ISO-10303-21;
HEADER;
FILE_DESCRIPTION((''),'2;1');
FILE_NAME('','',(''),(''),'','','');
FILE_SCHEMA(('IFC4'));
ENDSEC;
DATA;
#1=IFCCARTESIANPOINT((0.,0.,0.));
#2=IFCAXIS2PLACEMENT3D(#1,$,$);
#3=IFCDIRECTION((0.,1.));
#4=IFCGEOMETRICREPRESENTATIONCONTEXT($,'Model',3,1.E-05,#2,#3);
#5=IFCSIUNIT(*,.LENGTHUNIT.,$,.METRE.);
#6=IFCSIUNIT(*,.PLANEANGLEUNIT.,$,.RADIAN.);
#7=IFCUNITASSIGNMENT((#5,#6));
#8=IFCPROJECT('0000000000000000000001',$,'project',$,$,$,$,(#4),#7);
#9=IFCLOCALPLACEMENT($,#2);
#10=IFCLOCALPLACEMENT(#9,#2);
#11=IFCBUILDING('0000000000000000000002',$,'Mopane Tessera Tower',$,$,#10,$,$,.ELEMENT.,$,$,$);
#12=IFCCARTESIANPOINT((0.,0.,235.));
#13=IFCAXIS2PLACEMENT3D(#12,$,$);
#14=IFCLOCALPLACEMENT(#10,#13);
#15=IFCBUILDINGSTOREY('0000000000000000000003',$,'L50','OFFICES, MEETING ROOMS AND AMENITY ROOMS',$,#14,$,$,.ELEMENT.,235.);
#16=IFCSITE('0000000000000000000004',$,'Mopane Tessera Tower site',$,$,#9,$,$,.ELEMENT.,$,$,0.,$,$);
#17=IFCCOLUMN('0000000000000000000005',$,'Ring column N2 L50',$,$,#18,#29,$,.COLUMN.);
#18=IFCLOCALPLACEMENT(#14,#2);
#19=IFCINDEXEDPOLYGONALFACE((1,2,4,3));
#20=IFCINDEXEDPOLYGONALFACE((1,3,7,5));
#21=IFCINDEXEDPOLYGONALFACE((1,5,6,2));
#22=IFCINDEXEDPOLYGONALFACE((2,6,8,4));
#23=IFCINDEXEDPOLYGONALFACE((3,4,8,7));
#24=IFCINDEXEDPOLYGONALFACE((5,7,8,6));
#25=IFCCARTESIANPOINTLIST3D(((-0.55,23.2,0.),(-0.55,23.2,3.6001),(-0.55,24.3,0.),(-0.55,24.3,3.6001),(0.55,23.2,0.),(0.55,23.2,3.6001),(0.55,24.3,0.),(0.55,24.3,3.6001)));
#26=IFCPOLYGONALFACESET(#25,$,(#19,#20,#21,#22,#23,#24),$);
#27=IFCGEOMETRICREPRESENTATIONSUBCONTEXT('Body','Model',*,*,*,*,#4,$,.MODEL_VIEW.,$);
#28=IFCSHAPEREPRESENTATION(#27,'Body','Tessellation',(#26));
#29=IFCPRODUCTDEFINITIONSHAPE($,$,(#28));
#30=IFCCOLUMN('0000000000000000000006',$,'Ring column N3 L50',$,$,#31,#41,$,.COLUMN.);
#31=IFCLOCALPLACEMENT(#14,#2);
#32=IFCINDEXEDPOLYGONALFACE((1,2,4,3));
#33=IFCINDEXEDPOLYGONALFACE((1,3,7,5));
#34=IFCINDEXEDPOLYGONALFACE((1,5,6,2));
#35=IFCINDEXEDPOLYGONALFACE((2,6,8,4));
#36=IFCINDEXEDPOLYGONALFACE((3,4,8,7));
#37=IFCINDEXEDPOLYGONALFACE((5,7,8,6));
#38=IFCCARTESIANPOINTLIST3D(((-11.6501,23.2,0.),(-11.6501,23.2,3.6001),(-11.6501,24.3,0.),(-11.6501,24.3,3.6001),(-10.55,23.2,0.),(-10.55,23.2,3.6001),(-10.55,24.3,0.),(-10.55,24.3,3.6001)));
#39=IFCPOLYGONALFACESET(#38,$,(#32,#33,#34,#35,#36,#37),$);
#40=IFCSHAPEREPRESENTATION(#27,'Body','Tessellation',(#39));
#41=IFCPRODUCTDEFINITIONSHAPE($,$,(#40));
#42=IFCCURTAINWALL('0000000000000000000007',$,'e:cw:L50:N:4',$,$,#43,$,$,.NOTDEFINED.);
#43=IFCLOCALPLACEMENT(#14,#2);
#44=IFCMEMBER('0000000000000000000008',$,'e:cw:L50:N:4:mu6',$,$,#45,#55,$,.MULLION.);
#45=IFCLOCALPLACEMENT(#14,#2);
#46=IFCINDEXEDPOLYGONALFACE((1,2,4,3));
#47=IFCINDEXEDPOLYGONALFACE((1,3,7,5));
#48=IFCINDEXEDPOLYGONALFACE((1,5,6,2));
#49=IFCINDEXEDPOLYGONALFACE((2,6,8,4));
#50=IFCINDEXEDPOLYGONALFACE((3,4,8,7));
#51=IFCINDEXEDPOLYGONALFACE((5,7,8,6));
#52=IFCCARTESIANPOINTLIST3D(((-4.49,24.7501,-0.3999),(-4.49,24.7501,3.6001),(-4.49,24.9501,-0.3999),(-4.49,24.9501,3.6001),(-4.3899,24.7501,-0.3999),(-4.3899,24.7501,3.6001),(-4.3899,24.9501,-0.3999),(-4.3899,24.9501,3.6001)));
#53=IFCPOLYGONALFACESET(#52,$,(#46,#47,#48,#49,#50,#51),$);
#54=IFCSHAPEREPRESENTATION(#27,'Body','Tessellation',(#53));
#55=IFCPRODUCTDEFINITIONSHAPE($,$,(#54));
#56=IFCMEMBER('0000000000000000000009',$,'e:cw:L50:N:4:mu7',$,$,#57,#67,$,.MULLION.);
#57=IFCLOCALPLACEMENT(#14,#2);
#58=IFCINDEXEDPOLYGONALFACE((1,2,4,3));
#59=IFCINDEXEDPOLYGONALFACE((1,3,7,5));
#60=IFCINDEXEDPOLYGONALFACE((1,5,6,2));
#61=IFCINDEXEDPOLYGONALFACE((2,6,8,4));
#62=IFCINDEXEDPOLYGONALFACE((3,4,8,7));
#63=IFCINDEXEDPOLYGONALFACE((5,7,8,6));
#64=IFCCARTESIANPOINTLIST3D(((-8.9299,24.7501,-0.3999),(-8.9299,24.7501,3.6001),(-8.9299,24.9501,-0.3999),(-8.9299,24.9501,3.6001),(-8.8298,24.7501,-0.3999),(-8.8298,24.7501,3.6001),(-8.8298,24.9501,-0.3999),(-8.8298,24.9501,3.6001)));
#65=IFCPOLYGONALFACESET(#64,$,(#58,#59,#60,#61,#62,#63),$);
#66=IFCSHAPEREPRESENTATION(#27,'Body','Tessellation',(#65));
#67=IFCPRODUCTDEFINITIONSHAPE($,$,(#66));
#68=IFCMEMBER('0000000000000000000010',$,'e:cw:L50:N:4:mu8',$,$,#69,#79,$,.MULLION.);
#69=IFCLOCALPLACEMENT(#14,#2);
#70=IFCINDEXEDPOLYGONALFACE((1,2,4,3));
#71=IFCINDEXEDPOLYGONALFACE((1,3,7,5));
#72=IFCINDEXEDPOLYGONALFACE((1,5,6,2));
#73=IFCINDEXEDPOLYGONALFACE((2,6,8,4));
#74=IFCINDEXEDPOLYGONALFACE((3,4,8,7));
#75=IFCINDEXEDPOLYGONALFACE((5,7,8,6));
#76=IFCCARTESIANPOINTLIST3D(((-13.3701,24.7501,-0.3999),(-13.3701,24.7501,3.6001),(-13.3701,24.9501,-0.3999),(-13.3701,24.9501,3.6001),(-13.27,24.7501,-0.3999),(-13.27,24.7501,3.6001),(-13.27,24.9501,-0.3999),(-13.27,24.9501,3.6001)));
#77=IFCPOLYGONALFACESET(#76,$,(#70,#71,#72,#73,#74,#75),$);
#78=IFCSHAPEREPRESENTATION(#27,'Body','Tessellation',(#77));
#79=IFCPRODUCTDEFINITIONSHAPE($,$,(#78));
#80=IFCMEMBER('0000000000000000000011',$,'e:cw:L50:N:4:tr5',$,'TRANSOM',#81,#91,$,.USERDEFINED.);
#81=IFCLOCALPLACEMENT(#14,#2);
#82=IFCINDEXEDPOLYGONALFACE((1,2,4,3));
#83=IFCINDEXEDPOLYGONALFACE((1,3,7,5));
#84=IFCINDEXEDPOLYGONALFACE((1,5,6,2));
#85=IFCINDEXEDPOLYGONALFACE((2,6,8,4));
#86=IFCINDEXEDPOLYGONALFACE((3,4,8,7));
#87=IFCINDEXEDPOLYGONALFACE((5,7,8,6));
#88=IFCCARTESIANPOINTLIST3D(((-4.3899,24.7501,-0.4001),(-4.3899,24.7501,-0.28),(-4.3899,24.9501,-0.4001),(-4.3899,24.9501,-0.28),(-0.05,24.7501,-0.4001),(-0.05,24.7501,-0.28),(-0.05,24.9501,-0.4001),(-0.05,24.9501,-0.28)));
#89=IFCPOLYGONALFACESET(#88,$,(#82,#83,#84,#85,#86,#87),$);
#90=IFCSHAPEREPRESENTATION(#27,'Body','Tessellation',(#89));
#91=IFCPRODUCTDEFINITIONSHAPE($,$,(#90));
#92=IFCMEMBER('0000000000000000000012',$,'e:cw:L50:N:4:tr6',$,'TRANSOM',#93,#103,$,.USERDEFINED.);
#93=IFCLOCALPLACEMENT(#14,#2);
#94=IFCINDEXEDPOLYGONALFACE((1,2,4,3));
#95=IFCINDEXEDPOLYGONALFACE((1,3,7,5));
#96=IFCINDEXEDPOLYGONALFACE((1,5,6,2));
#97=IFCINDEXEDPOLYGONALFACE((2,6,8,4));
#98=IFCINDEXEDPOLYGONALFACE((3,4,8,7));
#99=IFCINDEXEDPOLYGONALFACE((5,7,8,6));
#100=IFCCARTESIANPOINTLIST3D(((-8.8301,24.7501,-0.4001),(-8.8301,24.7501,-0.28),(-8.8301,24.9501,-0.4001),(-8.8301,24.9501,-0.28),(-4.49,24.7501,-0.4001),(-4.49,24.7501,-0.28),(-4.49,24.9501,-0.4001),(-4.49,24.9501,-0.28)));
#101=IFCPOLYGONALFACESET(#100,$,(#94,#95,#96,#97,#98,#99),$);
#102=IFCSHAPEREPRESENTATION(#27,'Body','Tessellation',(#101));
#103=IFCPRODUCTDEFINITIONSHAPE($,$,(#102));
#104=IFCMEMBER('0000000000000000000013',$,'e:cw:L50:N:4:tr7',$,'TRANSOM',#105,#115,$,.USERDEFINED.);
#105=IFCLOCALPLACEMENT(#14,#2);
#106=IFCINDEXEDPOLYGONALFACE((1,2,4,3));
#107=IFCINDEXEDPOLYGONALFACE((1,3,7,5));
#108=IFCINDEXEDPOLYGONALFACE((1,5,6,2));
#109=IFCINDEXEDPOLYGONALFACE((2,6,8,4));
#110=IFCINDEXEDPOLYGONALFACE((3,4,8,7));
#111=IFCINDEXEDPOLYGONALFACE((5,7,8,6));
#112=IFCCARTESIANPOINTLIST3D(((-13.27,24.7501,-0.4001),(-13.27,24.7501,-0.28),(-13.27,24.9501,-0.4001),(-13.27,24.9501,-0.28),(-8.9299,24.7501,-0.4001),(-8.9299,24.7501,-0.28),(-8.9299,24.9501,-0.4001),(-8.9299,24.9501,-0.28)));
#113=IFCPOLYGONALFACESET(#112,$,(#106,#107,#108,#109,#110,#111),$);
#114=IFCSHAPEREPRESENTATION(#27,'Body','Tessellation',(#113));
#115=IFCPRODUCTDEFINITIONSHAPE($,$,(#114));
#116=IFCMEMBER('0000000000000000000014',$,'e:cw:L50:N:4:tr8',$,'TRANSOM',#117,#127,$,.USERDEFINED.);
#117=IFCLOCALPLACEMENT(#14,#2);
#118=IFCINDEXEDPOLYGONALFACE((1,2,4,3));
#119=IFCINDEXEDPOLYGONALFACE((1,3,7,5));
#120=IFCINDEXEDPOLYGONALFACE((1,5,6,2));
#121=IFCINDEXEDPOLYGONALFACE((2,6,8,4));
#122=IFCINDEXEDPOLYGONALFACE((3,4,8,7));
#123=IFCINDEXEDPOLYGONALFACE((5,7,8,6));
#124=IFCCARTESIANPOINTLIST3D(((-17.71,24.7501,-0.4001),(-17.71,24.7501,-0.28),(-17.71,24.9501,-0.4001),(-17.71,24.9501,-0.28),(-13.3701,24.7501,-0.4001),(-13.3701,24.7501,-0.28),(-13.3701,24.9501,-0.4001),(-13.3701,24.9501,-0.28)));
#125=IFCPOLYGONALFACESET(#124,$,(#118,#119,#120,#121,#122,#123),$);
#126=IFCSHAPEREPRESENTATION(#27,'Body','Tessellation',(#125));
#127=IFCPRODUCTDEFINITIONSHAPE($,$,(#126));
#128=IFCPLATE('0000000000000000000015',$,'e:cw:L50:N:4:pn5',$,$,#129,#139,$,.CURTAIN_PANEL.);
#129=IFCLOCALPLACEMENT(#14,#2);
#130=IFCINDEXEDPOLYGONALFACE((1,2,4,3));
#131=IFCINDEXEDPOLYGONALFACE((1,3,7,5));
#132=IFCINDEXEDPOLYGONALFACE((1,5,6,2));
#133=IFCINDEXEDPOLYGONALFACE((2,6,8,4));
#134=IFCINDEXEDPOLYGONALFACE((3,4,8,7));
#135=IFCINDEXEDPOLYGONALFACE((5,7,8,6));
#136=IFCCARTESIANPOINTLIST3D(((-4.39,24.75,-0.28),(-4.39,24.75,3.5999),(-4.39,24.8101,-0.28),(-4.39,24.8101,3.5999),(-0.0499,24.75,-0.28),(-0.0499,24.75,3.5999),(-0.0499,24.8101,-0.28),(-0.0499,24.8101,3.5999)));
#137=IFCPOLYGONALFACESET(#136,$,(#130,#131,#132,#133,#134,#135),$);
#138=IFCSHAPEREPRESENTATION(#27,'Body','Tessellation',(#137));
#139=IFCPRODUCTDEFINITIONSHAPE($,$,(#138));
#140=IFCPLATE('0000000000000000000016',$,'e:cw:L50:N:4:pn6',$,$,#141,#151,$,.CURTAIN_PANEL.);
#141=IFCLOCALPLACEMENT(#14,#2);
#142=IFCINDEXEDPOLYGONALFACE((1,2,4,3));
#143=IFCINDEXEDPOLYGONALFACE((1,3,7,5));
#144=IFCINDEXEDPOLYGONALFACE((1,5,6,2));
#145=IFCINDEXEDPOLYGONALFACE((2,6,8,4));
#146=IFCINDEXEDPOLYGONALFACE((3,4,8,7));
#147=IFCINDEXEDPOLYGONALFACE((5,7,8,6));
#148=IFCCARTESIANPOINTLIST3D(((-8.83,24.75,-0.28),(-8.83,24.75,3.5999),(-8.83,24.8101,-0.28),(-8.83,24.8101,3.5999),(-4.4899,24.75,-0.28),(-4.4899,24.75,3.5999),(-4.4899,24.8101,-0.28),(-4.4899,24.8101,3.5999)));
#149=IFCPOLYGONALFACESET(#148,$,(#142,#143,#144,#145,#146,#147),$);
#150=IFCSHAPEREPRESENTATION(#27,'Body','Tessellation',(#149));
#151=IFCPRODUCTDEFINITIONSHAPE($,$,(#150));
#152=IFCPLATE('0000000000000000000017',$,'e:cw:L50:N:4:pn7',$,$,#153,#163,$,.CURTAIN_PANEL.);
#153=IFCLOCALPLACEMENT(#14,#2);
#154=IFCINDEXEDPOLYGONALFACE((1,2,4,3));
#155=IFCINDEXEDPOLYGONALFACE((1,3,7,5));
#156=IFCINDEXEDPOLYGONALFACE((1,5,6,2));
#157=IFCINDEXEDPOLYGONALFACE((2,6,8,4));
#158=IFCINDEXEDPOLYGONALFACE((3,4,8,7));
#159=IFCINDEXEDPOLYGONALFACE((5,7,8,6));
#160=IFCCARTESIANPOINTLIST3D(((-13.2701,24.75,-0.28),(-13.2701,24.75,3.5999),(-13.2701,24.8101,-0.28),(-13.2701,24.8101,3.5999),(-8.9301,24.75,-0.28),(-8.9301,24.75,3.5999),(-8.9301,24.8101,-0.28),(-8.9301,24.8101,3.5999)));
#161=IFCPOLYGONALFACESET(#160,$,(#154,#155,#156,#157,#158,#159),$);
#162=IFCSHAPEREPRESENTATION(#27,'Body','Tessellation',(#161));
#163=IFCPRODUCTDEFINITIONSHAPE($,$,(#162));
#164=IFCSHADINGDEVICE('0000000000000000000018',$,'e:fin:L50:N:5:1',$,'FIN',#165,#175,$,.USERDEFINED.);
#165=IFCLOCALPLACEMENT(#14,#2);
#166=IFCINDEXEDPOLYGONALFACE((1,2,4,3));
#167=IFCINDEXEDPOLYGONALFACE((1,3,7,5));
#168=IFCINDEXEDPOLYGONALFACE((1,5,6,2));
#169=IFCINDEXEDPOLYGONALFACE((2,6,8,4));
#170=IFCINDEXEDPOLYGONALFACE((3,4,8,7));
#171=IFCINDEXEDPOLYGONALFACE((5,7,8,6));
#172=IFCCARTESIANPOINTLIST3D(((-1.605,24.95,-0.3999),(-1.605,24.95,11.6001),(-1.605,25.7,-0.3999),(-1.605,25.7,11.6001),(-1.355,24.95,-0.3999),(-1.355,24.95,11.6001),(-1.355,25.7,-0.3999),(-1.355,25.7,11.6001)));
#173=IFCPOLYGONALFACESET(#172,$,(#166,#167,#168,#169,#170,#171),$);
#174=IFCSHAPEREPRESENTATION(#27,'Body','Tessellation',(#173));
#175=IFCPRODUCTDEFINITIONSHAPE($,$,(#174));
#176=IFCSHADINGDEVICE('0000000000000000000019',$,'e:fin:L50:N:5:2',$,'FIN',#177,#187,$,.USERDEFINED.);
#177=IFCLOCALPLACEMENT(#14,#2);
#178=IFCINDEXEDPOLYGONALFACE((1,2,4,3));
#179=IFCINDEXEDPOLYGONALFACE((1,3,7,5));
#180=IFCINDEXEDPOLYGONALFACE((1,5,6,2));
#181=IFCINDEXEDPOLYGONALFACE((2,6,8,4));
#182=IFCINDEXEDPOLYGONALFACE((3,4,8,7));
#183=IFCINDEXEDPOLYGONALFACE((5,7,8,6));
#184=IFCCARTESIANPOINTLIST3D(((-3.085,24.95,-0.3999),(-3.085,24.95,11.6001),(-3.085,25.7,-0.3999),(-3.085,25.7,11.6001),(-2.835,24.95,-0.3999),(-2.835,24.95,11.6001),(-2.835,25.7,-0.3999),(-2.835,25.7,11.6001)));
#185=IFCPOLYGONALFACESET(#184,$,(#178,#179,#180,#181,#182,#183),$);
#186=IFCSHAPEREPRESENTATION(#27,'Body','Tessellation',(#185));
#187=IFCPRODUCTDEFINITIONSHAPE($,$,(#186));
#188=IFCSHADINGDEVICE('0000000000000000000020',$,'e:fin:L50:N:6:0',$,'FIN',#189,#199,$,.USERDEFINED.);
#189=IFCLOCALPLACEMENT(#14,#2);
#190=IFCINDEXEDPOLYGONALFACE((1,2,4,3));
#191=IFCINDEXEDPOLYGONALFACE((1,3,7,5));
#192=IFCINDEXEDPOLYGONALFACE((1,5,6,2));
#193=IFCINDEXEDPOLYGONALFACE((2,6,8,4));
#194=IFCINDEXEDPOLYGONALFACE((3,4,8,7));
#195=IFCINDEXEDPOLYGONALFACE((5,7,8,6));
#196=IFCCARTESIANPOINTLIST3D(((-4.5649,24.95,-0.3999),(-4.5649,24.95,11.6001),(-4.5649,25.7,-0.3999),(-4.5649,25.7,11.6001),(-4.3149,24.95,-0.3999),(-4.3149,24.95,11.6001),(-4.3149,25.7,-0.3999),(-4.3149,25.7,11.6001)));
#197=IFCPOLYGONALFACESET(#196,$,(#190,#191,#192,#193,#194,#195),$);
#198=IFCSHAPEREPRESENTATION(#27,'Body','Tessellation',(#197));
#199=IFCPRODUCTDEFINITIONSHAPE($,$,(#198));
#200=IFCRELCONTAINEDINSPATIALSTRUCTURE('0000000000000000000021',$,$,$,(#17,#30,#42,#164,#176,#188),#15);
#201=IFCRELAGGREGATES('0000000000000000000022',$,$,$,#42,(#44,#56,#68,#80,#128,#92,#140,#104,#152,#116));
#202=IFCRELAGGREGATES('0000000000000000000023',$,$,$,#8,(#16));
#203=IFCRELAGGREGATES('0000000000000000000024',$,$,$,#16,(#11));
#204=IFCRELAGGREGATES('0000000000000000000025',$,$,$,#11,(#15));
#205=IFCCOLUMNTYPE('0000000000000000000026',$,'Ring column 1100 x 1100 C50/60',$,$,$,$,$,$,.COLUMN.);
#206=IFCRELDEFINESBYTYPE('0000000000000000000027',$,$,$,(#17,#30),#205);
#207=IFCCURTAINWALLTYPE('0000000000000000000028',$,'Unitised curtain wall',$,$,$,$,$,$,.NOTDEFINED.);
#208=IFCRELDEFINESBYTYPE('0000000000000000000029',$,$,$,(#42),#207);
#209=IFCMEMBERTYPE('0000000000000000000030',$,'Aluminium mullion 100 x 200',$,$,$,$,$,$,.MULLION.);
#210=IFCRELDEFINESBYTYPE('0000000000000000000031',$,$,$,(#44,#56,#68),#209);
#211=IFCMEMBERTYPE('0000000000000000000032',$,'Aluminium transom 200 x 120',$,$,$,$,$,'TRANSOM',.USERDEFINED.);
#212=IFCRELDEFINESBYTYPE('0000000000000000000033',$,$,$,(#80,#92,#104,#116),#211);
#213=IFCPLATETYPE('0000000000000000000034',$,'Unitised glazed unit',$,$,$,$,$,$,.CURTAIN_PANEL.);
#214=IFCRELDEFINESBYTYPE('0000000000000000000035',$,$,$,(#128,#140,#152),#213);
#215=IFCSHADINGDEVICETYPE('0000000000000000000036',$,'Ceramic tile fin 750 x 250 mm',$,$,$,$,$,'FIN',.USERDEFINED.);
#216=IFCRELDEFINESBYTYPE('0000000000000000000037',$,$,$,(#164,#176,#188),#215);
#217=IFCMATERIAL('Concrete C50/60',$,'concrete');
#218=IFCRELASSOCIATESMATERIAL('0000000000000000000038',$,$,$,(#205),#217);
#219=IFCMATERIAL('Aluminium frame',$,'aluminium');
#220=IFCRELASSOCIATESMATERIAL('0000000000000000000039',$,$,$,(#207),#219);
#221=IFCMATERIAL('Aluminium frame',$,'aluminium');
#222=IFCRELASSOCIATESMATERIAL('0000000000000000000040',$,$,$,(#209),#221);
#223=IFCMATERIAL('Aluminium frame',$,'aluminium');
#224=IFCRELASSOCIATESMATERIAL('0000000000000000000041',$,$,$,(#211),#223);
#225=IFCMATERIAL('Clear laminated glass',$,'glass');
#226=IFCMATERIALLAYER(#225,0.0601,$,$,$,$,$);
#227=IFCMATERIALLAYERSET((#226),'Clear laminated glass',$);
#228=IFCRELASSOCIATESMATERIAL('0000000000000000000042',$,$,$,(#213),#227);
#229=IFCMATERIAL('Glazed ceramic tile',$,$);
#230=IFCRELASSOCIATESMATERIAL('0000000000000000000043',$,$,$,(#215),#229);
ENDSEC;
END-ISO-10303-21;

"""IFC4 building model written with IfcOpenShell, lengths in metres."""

from ifc_helpers import new_model, si_unit, direction, frame, origin, origin_2d, place, context, subcontext, project, spatial, rectangle, extrude, material, layer, layer_set, material_profile, profile_set, type_object, element, aggregate, save


model = new_model("IFC4")

# Units and contexts
model_context = context("Model", 3, precision=1e-05, world=origin(), true_north=direction((0.0, 1.0)))
body_context = subcontext(model_context, "Body", "Model", "MODEL_VIEW")
ifc_project = project(units=[si_unit("LENGTHUNIT", "METRE"), si_unit("PLANEANGLEUNIT", "RADIAN")], contexts=[model_context])

# Site, building, storey
site_placement = place(None, origin())
site = spatial("IfcSite", under=ifc_project, at=site_placement, Name="Mopane Tessera Tower site", CompositionType="ELEMENT", RefElevation=0.0)
building_placement = place(site_placement, origin())
building = spatial("IfcBuilding", under=site, at=building_placement, Name="Mopane Tessera Tower", CompositionType="ELEMENT")
storey_placement = place(building_placement, frame((0.0, 0.0, 235.0)))
storey = spatial("IfcBuildingStorey", under=building, at=storey_placement, Name="L50", Description="OFFICES, MEETING ROOMS AND AMENITY ROOMS", CompositionType="ELEMENT", Elevation=235.0)

# Columns
ifc_material_1 = material(Name="Concrete C50/60", Category="concrete")
ifc_material_profile_1 = material_profile(ifc_material_1, rectangle(XDim=1.1001, YDim=1.1001, at=origin_2d()))
ifc_profile_set_1 = profile_set([ifc_material_profile_1], Name="Concrete C50/60")
column_type = type_object("IfcColumnType", Name="Ring column 1100 x 1100 C50/60", PredefinedType="COLUMN", material=ifc_profile_set_1)
for number, where, z_axis, x_axis, name in (
    (1, (0.0, 23.75, 0.0), (0.0, 0.0, 1.0), (1.0, 0.0, 0.0), "Ring column N2 L50"),
    (2, (-11.1001, 23.75, 0.0), (0.0, 0.0, 1.0), (1.0, 0.0, 0.0), "Ring column N3 L50"),
):
    element("IfcColumn", number, at=place(storey_placement, frame(where, z_axis=z_axis, x_axis=x_axis)), inside=storey, type_object=column_type, Name=name, PredefinedType="COLUMN", context=body_context, shape_type="SweptSolid", body=[
        extrude(rectangle(XDim=1.1001, YDim=1.1001, at=origin_2d()), origin(), (0.0, 0.0, 1.0), 3.6001),
    ])

# Curtain wall, members, plates
ifc_material_2 = material(Name="Aluminium frame", Category="aluminium")
curtain_wall_type = type_object("IfcCurtainWallType", Name="Unitised curtain wall", PredefinedType="NOTDEFINED", material=ifc_material_2)
curtain_wall_placement = place(storey_placement, origin())
curtain_wall = element("IfcCurtainWall", 3, at=curtain_wall_placement, inside=storey, type_object=curtain_wall_type, Name="e:cw:L50:N:4", PredefinedType="NOTDEFINED")
ifc_material_3 = material(Name="Aluminium frame", Category="aluminium")
ifc_material_profile_2 = material_profile(ifc_material_3, rectangle(XDim=0.1001, YDim=0.2, at=origin_2d()))
ifc_profile_set_2 = profile_set([ifc_material_profile_2], Name="Aluminium frame")
member_type_1 = type_object("IfcMemberType", Name="Aluminium mullion 100 x 200", PredefinedType="MULLION", material=ifc_profile_set_2)
member_1_placement = place(storey_placement, frame((-4.4399, 24.8501, -0.3999), z_axis=(0.0, 0.0, 1.0), x_axis=(-1.0, 0.0, 0.0)))
member_1 = element("IfcMember", 4, at=member_1_placement, type_object=member_type_1, Name="e:cw:L50:N:4:mu6", PredefinedType="MULLION", context=body_context, shape_type="SweptSolid", body=[
    extrude(rectangle(XDim=0.1001, YDim=0.2, at=origin_2d()), origin(), (0.0, 0.0, 1.0), 4.0),
])
member_2_placement = place(storey_placement, frame((-8.8799, 24.8501, -0.3999), z_axis=(0.0, 0.0, 1.0), x_axis=(-1.0, 0.0, 0.0)))
member_2 = element("IfcMember", 5, at=member_2_placement, type_object=member_type_1, Name="e:cw:L50:N:4:mu7", PredefinedType="MULLION", context=body_context, shape_type="SweptSolid", body=[
    extrude(rectangle(XDim=0.1001, YDim=0.2, at=origin_2d()), origin(), (0.0, 0.0, 1.0), 4.0),
])
member_3_placement = place(storey_placement, frame((-13.3201, 24.8501, -0.3999), z_axis=(0.0, 0.0, 1.0), x_axis=(-1.0, 0.0, 0.0)))
member_3 = element("IfcMember", 6, at=member_3_placement, type_object=member_type_1, Name="e:cw:L50:N:4:mu8", PredefinedType="MULLION", context=body_context, shape_type="SweptSolid", body=[
    extrude(rectangle(XDim=0.1001, YDim=0.2, at=origin_2d()), origin(), (0.0, 0.0, 1.0), 4.0),
])
ifc_material_4 = material(Name="Aluminium frame", Category="aluminium")
ifc_material_profile_3 = material_profile(ifc_material_4, rectangle(XDim=0.2, YDim=0.1201, at=origin_2d()))
ifc_profile_set_3 = profile_set([ifc_material_profile_3], Name="Aluminium frame")
member_type_2 = type_object("IfcMemberType", Name="Aluminium transom 200 x 120", ElementType="TRANSOM", PredefinedType="USERDEFINED", material=ifc_profile_set_3)
member_4_placement = place(storey_placement, frame((-0.05, 24.8501, -0.3401), z_axis=(-1.0, 0.0, 0.0), x_axis=(0.0, -1.0, 0.0)))
member_4 = element("IfcMember", 7, at=member_4_placement, type_object=member_type_2, Name="e:cw:L50:N:4:tr5", ObjectType="TRANSOM", PredefinedType="USERDEFINED", context=body_context, shape_type="SweptSolid", body=[
    extrude(rectangle(XDim=0.2, YDim=0.1201, at=origin_2d()), origin(), (0.0, 0.0, 1.0), 4.3398),
])
member_5_placement = place(storey_placement, frame((-4.49, 24.8501, -0.3401), z_axis=(-1.0, 0.0, 0.0), x_axis=(0.0, -1.0, 0.0)))
member_5 = element("IfcMember", 8, at=member_5_placement, type_object=member_type_2, Name="e:cw:L50:N:4:tr6", ObjectType="TRANSOM", PredefinedType="USERDEFINED", context=body_context, shape_type="SweptSolid", body=[
    extrude(rectangle(XDim=0.2, YDim=0.1201, at=origin_2d()), origin(), (0.0, 0.0, 1.0), 4.3401),
])
member_6_placement = place(storey_placement, frame((-8.9299, 24.8501, -0.3401), z_axis=(-1.0, 0.0, 0.0), x_axis=(0.0, -1.0, 0.0)))
member_6 = element("IfcMember", 9, at=member_6_placement, type_object=member_type_2, Name="e:cw:L50:N:4:tr7", ObjectType="TRANSOM", PredefinedType="USERDEFINED", context=body_context, shape_type="SweptSolid", body=[
    extrude(rectangle(XDim=0.2, YDim=0.1201, at=origin_2d()), origin(), (0.0, 0.0, 1.0), 4.3401),
])
member_7_placement = place(storey_placement, frame((-13.3701, 24.8501, -0.3401), z_axis=(-1.0, 0.0, 0.0), x_axis=(0.0, -1.0, 0.0)))
member_7 = element("IfcMember", 10, at=member_7_placement, type_object=member_type_2, Name="e:cw:L50:N:4:tr8", ObjectType="TRANSOM", PredefinedType="USERDEFINED", context=body_context, shape_type="SweptSolid", body=[
    extrude(rectangle(XDim=0.2, YDim=0.1201, at=origin_2d()), origin(), (0.0, 0.0, 1.0), 4.3398),
])
ifc_material_5 = material(Name="Clear laminated glass", Category="glass")
ifc_layer = layer(ifc_material_5, 0.0601)
ifc_layer_set = layer_set([ifc_layer], Name="Clear laminated glass")
plate_type = type_object("IfcPlateType", Name="Unitised glazed unit", PredefinedType="CURTAIN_PANEL", material=ifc_layer_set)
plate_1_placement = place(storey_placement, frame((-2.22, 24.78, -0.28), z_axis=(0.0, 0.0, 1.0), x_axis=(-1.0, 0.0, 0.0)))
plate_1 = element("IfcPlate", 11, at=plate_1_placement, type_object=plate_type, Name="e:cw:L50:N:4:pn5", PredefinedType="CURTAIN_PANEL", context=body_context, shape_type="SweptSolid", body=[
    extrude(rectangle(XDim=4.3401, YDim=0.0601, at=origin_2d()), origin(), (0.0, 0.0, 1.0), 3.8799),
])
plate_2_placement = place(storey_placement, frame((-6.6599, 24.78, -0.28), z_axis=(0.0, 0.0, 1.0), x_axis=(-1.0, 0.0, 0.0)))
plate_2 = element("IfcPlate", 12, at=plate_2_placement, type_object=plate_type, Name="e:cw:L50:N:4:pn6", PredefinedType="CURTAIN_PANEL", context=body_context, shape_type="SweptSolid", body=[
    extrude(rectangle(XDim=4.3401, YDim=0.0601, at=origin_2d()), origin(), (0.0, 0.0, 1.0), 3.8799),
])
plate_3_placement = place(storey_placement, frame((-11.1001, 24.78, -0.28), z_axis=(0.0, 0.0, 1.0), x_axis=(-1.0, 0.0, 0.0)))
plate_3 = element("IfcPlate", 13, at=plate_3_placement, type_object=plate_type, Name="e:cw:L50:N:4:pn7", PredefinedType="CURTAIN_PANEL", context=body_context, shape_type="SweptSolid", body=[
    extrude(rectangle(XDim=4.3401, YDim=0.0601, at=origin_2d()), origin(), (0.0, 0.0, 1.0), 3.8799),
])
aggregate(curtain_wall, [member_1, member_2, member_3, member_4, plate_1, member_5, plate_2, member_6, plate_3, member_7])

# Shading devices
ifc_material_6 = material(Name="Glazed ceramic tile")
shading_device_type = type_object("IfcShadingDeviceType", Name="Ceramic tile fin 750 x 250 mm", ElementType="FIN", PredefinedType="USERDEFINED", material=ifc_material_6)
for number, where, z_axis, x_axis, name in (
    (14, (-1.48, 25.325, -0.3999), (0.0, 0.0, 1.0), (-1.0, 0.0, 0.0), "e:fin:L50:N:5:1"),
    (15, (-2.96, 25.325, -0.3999), (0.0, 0.0, 1.0), (-1.0, 0.0, 0.0), "e:fin:L50:N:5:2"),
    (16, (-4.4399, 25.325, -0.3999), (0.0, 0.0, 1.0), (-1.0, 0.0, 0.0), "e:fin:L50:N:6:0"),
):
    element("IfcShadingDevice", number, at=place(storey_placement, frame(where, z_axis=z_axis, x_axis=x_axis)), inside=storey, type_object=shading_device_type, Name=name, ObjectType="FIN", PredefinedType="USERDEFINED", context=body_context, shape_type="SweptSolid", body=[
        extrude(rectangle(XDim=0.25, YDim=0.75, at=origin_2d()), origin(), (0.0, 0.0, 1.0), 12.0),
    ])

save(model, "model.ifc")
